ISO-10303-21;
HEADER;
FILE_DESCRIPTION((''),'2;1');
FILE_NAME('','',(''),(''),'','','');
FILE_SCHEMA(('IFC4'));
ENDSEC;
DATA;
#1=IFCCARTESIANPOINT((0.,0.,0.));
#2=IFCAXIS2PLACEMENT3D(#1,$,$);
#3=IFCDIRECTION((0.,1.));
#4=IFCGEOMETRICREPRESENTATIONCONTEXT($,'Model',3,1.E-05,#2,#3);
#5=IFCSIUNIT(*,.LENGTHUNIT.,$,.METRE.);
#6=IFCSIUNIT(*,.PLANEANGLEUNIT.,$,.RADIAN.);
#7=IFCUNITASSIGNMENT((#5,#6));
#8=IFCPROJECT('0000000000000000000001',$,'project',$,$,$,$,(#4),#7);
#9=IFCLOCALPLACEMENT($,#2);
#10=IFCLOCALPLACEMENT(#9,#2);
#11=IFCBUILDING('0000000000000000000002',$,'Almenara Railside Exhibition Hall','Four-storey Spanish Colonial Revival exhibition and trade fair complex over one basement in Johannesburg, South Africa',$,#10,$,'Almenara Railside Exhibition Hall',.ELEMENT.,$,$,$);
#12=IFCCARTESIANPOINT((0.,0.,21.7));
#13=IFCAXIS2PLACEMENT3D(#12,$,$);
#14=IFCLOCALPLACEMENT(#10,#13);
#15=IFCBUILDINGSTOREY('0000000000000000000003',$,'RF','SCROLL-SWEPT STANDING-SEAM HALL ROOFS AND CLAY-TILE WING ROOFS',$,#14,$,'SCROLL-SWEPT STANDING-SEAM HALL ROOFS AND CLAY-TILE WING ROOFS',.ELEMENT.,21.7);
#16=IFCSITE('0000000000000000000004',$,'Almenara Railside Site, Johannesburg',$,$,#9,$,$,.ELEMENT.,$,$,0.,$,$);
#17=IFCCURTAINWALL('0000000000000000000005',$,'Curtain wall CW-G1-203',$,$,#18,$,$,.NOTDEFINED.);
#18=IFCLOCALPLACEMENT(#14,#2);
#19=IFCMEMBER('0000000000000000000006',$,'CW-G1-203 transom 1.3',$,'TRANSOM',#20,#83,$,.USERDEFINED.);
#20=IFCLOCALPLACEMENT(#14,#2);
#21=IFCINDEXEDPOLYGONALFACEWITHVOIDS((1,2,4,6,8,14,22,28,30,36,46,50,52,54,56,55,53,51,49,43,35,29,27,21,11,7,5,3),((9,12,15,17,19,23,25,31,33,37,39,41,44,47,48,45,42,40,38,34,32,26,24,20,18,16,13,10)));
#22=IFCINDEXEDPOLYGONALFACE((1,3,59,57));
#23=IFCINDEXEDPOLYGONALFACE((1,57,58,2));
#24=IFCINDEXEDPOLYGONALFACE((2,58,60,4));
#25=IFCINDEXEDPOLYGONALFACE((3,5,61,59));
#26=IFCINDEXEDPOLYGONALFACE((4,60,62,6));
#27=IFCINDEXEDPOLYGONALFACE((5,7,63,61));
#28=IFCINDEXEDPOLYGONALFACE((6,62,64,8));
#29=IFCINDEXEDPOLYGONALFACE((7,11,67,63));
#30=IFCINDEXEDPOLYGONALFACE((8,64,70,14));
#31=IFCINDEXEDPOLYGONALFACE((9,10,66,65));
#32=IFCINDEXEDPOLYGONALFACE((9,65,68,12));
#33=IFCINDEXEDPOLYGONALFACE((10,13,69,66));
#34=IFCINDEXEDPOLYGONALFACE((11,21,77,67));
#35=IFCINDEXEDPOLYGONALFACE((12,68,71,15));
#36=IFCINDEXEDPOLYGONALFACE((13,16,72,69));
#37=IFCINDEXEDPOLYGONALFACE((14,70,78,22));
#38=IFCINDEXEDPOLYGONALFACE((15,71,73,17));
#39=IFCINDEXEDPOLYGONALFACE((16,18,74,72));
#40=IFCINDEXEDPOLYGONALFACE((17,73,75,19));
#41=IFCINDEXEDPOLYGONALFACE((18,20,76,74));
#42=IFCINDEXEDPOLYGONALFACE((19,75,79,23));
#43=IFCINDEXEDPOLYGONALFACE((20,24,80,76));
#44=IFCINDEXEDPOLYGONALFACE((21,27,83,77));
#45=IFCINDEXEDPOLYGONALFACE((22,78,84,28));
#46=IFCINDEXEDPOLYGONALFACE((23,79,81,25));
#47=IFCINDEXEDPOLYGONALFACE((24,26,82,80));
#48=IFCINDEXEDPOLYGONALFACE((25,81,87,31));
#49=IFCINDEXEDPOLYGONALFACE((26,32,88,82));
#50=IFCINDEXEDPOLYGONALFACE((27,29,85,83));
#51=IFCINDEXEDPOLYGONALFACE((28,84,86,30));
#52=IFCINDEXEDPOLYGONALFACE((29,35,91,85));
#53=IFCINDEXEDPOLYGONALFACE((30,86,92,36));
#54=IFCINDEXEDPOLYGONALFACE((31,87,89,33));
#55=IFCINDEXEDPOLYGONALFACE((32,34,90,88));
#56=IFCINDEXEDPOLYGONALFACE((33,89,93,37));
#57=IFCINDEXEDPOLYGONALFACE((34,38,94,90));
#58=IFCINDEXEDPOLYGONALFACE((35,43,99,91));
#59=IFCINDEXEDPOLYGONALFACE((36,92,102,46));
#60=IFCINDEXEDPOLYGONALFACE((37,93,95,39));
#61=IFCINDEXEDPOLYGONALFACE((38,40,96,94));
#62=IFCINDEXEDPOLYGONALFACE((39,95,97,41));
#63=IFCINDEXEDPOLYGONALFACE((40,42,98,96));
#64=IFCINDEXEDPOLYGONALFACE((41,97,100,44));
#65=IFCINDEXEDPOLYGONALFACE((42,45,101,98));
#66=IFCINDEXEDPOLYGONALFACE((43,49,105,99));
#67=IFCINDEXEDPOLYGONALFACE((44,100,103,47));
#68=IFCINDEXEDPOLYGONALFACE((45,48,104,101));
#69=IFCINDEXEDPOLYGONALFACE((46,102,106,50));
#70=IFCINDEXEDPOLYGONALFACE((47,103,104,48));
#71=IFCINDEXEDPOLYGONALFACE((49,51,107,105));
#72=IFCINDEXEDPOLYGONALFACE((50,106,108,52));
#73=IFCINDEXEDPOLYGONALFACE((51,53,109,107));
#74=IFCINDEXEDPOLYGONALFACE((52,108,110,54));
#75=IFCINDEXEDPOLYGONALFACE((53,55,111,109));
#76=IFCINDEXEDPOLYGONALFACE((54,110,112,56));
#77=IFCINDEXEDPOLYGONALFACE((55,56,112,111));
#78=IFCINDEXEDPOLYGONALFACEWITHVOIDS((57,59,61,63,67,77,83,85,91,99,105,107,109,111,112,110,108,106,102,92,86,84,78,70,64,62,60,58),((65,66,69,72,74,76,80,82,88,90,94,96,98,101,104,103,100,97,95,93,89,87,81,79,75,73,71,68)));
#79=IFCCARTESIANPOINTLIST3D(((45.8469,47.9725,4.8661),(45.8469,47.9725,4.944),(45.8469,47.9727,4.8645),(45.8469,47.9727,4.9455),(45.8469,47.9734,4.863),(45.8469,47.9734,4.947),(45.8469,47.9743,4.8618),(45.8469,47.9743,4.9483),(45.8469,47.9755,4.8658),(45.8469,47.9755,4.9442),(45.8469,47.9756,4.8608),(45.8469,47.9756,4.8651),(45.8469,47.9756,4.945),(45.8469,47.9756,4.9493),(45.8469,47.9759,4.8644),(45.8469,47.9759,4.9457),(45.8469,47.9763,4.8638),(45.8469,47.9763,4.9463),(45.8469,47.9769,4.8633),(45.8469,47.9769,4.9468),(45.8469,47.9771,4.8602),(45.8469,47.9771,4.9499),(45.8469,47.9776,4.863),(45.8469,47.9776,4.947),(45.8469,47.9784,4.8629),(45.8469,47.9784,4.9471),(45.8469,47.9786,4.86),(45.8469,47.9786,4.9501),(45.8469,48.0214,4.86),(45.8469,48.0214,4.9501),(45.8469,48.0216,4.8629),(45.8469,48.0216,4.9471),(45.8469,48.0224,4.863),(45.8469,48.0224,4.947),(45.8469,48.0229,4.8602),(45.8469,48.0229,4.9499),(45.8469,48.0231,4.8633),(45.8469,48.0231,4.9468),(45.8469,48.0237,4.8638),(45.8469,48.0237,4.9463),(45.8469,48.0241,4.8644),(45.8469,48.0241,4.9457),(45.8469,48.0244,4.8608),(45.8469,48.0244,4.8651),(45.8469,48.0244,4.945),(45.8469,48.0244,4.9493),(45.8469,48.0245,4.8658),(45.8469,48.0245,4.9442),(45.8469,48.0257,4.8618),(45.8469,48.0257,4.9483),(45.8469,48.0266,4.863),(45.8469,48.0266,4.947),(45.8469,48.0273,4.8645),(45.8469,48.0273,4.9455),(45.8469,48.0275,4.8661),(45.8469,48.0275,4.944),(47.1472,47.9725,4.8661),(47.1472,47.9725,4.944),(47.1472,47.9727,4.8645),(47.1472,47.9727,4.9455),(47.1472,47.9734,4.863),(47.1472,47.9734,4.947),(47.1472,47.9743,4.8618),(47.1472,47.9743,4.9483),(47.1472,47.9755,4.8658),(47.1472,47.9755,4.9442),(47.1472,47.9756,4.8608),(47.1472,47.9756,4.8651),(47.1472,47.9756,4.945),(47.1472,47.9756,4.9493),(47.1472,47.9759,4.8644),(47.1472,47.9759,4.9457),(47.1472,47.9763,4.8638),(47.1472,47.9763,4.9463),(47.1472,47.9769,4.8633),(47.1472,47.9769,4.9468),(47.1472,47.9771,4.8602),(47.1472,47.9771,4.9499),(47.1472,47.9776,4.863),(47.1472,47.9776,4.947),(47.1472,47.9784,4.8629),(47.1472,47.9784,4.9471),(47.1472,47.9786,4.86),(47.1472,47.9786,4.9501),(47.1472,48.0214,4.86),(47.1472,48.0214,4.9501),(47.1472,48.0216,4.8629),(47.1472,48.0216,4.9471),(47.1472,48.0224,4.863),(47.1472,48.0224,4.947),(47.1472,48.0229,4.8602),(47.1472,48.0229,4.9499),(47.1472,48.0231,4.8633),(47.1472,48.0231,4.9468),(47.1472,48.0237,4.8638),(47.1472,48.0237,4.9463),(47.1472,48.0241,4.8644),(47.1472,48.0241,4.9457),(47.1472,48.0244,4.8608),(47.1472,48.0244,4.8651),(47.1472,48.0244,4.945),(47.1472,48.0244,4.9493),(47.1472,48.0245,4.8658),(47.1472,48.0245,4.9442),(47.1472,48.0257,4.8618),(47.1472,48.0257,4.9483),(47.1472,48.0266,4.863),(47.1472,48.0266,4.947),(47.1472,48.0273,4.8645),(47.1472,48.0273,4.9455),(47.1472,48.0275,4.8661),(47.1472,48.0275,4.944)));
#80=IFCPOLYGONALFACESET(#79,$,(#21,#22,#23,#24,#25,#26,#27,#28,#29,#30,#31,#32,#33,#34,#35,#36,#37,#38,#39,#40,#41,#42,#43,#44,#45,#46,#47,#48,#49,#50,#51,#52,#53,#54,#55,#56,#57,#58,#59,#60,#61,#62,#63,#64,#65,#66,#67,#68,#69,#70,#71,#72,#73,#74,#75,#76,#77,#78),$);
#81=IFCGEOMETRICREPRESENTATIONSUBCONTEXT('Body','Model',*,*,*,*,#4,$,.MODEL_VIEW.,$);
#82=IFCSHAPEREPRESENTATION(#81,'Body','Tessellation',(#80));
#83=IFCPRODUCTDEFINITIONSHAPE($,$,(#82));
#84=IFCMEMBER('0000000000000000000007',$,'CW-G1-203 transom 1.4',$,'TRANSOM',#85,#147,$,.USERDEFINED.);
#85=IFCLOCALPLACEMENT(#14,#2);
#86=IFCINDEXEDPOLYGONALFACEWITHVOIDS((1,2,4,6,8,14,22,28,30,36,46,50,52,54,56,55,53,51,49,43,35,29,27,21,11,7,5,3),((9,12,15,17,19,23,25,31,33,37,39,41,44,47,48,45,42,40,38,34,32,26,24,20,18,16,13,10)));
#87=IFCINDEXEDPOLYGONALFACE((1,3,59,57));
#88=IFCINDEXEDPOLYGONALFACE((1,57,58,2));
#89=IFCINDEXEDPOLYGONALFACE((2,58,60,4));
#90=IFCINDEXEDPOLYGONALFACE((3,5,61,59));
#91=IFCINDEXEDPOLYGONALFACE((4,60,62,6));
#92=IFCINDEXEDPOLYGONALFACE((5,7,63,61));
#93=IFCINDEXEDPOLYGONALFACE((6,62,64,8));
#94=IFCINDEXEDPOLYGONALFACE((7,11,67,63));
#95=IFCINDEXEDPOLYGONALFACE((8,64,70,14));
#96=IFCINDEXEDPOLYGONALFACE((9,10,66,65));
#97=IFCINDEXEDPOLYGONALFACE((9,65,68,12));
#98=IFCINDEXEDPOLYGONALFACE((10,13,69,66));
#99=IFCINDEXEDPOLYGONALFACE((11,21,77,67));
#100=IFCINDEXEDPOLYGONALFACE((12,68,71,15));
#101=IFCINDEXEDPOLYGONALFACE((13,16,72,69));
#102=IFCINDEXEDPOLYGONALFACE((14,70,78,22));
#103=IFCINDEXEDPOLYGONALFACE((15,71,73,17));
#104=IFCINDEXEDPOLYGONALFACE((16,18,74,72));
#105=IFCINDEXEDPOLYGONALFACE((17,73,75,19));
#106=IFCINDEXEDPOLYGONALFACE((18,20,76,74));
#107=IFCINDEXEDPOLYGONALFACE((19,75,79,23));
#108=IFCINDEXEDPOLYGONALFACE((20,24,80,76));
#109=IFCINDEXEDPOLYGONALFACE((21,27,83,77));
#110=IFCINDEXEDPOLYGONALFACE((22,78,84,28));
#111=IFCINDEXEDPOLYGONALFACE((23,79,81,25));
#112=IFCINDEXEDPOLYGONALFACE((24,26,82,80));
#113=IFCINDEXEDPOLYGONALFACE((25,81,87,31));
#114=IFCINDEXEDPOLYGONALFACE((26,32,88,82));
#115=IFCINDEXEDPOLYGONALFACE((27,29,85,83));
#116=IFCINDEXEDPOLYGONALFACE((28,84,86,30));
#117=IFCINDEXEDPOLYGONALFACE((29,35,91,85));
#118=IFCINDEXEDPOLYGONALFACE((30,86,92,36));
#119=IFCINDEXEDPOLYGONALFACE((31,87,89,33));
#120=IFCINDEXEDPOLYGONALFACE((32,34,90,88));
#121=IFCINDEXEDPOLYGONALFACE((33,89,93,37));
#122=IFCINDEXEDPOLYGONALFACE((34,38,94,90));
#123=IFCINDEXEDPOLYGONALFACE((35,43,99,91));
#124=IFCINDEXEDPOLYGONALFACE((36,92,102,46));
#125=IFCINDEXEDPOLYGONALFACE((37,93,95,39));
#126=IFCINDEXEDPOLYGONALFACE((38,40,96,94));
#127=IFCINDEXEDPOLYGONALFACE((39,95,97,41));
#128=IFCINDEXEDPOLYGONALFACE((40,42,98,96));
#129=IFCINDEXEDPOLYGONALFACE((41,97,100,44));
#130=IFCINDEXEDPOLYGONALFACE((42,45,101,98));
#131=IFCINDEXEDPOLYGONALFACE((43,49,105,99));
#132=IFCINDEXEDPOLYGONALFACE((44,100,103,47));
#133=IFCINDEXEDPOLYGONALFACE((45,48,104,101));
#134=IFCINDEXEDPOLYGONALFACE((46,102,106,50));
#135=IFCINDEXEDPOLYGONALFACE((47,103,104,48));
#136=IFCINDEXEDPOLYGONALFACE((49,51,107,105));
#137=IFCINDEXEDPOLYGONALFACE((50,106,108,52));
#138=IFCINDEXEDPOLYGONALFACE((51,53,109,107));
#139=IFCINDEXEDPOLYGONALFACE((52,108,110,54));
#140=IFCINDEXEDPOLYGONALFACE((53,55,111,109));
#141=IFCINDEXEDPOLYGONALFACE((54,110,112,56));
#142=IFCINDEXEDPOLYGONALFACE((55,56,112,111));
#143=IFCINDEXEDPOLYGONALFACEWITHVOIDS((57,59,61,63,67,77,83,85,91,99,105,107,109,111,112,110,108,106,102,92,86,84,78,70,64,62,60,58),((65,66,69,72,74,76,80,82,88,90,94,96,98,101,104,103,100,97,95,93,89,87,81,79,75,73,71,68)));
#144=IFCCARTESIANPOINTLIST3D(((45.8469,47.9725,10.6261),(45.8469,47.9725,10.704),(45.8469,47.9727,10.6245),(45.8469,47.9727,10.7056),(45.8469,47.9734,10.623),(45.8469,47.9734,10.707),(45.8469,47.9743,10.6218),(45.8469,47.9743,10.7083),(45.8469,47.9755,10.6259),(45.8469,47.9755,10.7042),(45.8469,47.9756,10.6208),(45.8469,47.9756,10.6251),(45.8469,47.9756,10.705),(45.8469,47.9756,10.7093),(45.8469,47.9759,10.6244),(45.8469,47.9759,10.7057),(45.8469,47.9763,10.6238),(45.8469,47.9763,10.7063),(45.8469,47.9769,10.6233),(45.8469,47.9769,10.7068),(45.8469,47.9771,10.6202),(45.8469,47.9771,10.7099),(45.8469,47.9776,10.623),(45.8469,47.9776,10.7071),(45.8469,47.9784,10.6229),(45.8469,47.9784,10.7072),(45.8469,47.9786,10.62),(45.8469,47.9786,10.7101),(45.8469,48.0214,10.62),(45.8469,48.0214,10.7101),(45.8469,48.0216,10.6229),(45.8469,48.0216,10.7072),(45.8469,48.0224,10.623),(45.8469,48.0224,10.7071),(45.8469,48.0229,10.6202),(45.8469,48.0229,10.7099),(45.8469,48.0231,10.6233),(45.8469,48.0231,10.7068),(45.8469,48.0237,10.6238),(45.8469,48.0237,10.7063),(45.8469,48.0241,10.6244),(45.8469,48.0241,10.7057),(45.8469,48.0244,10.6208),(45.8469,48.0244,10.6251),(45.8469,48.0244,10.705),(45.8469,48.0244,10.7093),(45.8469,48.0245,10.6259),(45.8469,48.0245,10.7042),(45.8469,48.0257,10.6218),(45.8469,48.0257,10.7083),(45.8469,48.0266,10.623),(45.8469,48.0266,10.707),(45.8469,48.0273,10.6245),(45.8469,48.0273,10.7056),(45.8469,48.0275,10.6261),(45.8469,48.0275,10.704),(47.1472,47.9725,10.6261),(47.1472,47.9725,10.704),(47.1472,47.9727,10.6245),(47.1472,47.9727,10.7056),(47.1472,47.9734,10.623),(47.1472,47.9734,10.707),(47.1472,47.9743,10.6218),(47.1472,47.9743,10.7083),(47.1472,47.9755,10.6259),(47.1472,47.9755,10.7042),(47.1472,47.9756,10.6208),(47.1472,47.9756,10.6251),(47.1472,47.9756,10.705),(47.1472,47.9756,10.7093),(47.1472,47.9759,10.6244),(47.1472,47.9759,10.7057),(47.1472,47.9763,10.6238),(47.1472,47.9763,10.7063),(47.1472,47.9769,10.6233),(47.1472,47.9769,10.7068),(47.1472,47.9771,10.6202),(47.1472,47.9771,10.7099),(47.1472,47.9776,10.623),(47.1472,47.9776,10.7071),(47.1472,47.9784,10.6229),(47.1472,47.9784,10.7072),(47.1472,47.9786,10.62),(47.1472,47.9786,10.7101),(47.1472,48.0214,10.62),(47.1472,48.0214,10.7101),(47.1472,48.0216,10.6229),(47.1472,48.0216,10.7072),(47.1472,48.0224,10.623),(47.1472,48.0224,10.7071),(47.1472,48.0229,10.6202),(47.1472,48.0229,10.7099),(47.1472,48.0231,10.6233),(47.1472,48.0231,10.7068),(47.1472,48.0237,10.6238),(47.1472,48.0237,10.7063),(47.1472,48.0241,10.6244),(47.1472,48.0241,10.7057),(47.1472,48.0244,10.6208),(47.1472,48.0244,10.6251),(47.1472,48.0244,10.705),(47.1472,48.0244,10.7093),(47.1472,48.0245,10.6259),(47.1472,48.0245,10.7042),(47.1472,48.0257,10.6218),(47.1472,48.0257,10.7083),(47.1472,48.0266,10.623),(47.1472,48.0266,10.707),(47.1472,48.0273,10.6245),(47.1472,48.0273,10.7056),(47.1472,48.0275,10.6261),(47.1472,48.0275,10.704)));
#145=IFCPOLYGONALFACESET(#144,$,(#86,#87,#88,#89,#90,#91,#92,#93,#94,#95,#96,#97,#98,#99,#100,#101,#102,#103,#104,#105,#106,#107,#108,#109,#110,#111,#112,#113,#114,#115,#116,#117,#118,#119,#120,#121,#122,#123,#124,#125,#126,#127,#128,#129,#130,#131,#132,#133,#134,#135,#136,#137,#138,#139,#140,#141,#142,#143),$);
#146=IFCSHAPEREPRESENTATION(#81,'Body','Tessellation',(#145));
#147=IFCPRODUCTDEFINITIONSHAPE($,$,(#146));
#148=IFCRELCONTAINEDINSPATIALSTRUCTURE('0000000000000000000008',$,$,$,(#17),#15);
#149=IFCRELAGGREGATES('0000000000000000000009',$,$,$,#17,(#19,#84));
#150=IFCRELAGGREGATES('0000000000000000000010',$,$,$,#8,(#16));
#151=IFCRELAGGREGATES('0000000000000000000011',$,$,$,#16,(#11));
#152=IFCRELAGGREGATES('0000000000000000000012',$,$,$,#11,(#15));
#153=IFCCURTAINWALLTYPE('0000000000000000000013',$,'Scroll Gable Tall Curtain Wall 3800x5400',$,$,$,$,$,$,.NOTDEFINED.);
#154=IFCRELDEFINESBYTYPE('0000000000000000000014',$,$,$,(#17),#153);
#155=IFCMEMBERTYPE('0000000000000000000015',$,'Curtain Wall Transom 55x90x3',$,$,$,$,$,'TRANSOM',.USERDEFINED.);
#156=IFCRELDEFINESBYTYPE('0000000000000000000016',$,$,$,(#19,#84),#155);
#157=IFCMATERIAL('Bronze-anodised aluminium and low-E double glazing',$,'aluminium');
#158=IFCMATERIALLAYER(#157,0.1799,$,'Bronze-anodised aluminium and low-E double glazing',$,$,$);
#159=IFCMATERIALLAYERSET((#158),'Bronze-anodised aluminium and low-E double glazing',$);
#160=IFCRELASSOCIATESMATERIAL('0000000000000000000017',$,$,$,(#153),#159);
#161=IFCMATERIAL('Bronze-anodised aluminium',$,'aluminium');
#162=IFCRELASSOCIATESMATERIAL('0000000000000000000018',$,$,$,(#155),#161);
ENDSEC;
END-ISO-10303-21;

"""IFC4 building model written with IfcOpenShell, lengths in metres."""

from ifc_helpers import new_model, si_unit, direction, frame, origin, origin_2d, place, context, subcontext, project, spatial, hollow_rectangle, extrude, material, layer, layer_set, material_profile, profile_set, type_object, element, aggregate, save


model = new_model("IFC4")

# Units and contexts
model_context = context("Model", 3, precision=1e-05, world=origin(), true_north=direction((0.0, 1.0)))
body_context = subcontext(model_context, "Body", "Model", "MODEL_VIEW")
ifc_project = project(units=[si_unit("LENGTHUNIT", "METRE"), si_unit("PLANEANGLEUNIT", "RADIAN")], contexts=[model_context])

# Site, building, storey
site_placement = place(None, origin())
site = spatial("IfcSite", under=ifc_project, at=site_placement, Name="Almenara Railside Site, Johannesburg", CompositionType="ELEMENT", RefElevation=0.0)
building_placement = place(site_placement, origin())
building = spatial("IfcBuilding", under=site, at=building_placement, Name="Almenara Railside Exhibition Hall", Description="Four-storey Spanish Colonial Revival exhibition and trade fair complex over one basement in Johannesburg, South Africa", LongName="Almenara Railside Exhibition Hall", CompositionType="ELEMENT")
storey_placement = place(building_placement, frame((0.0, 0.0, 21.7)))
storey = spatial("IfcBuildingStorey", under=building, at=storey_placement, Name="RF", Description="SCROLL-SWEPT STANDING-SEAM HALL ROOFS AND CLAY-TILE WING ROOFS", LongName="SCROLL-SWEPT STANDING-SEAM HALL ROOFS AND CLAY-TILE WING ROOFS", CompositionType="ELEMENT", Elevation=21.7)

# Curtain wall
ifc_material_1 = material(Name="Bronze-anodised aluminium and low-E double glazing", Category="aluminium")
ifc_layer_1 = layer(ifc_material_1, 0.1799, Name="Bronze-anodised aluminium and low-E double glazing")
ifc_layer_set_1 = layer_set([ifc_layer_1], Name="Bronze-anodised aluminium and low-E double glazing")
curtain_wall_type = type_object("IfcCurtainWallType", Name="Scroll Gable Tall Curtain Wall 3800x5400", PredefinedType="NOTDEFINED", material=ifc_layer_set_1)
curtain_wall_1_placement = place(storey_placement, origin())
curtain_wall_1 = element("IfcCurtainWall", 1, at=curtain_wall_1_placement, inside=storey, type_object=curtain_wall_type, Name="Curtain wall CW-G1-203", PredefinedType="NOTDEFINED")
ifc_material_2 = material(Name="Bronze-anodised aluminium", Category="aluminium")

# Members
ifc_material_profile_1 = material_profile(ifc_material_2, hollow_rectangle(XDim=0.0549, YDim=0.0901, WallThickness=0.0029, InnerFilletRadius=0.0029, OuterFilletRadius=0.0061, at=origin_2d()), Name="ALU-TRN 55x90x3")
ifc_profile_set_1 = profile_set([ifc_material_profile_1], Name="Bronze-anodised aluminium")
member_type_1 = type_object("IfcMemberType", Name="Curtain Wall Transom 55x90x3", ElementType="TRANSOM", PredefinedType="USERDEFINED", material=ifc_profile_set_1)
member_1_placement = place(storey_placement, frame((45.8469, 48.0, 4.905), z_axis=(1.0, 0.0, 0.0), x_axis=(0.0, 1.0, 0.0)))
member_1 = element("IfcMember", 2, at=member_1_placement, type_object=member_type_1, Name="CW-G1-203 transom 1.3", ObjectType="TRANSOM", PredefinedType="USERDEFINED", context=body_context, shape_type="SweptSolid", body=[
    extrude(hollow_rectangle(XDim=0.0549, YDim=0.0901, WallThickness=0.0029, InnerFilletRadius=0.0029, OuterFilletRadius=0.0061, at=origin_2d()), origin(), (0.0, 0.0, 1.0), 1.3003),
])
member_2_placement = place(storey_placement, frame((45.8469, 48.0, 10.665), z_axis=(1.0, 0.0, 0.0), x_axis=(0.0, 1.0, 0.0)))
member_2 = element("IfcMember", 3, at=member_2_placement, type_object=member_type_1, Name="CW-G1-203 transom 1.4", ObjectType="TRANSOM", PredefinedType="USERDEFINED", context=body_context, shape_type="SweptSolid", body=[
    extrude(hollow_rectangle(XDim=0.0549, YDim=0.0901, WallThickness=0.0029, InnerFilletRadius=0.0029, OuterFilletRadius=0.0061, at=origin_2d()), origin(), (0.0, 0.0, 1.0), 1.3003),
])

aggregate(curtain_wall_1, [member_1, member_2])

save(model, "model.ifc")
